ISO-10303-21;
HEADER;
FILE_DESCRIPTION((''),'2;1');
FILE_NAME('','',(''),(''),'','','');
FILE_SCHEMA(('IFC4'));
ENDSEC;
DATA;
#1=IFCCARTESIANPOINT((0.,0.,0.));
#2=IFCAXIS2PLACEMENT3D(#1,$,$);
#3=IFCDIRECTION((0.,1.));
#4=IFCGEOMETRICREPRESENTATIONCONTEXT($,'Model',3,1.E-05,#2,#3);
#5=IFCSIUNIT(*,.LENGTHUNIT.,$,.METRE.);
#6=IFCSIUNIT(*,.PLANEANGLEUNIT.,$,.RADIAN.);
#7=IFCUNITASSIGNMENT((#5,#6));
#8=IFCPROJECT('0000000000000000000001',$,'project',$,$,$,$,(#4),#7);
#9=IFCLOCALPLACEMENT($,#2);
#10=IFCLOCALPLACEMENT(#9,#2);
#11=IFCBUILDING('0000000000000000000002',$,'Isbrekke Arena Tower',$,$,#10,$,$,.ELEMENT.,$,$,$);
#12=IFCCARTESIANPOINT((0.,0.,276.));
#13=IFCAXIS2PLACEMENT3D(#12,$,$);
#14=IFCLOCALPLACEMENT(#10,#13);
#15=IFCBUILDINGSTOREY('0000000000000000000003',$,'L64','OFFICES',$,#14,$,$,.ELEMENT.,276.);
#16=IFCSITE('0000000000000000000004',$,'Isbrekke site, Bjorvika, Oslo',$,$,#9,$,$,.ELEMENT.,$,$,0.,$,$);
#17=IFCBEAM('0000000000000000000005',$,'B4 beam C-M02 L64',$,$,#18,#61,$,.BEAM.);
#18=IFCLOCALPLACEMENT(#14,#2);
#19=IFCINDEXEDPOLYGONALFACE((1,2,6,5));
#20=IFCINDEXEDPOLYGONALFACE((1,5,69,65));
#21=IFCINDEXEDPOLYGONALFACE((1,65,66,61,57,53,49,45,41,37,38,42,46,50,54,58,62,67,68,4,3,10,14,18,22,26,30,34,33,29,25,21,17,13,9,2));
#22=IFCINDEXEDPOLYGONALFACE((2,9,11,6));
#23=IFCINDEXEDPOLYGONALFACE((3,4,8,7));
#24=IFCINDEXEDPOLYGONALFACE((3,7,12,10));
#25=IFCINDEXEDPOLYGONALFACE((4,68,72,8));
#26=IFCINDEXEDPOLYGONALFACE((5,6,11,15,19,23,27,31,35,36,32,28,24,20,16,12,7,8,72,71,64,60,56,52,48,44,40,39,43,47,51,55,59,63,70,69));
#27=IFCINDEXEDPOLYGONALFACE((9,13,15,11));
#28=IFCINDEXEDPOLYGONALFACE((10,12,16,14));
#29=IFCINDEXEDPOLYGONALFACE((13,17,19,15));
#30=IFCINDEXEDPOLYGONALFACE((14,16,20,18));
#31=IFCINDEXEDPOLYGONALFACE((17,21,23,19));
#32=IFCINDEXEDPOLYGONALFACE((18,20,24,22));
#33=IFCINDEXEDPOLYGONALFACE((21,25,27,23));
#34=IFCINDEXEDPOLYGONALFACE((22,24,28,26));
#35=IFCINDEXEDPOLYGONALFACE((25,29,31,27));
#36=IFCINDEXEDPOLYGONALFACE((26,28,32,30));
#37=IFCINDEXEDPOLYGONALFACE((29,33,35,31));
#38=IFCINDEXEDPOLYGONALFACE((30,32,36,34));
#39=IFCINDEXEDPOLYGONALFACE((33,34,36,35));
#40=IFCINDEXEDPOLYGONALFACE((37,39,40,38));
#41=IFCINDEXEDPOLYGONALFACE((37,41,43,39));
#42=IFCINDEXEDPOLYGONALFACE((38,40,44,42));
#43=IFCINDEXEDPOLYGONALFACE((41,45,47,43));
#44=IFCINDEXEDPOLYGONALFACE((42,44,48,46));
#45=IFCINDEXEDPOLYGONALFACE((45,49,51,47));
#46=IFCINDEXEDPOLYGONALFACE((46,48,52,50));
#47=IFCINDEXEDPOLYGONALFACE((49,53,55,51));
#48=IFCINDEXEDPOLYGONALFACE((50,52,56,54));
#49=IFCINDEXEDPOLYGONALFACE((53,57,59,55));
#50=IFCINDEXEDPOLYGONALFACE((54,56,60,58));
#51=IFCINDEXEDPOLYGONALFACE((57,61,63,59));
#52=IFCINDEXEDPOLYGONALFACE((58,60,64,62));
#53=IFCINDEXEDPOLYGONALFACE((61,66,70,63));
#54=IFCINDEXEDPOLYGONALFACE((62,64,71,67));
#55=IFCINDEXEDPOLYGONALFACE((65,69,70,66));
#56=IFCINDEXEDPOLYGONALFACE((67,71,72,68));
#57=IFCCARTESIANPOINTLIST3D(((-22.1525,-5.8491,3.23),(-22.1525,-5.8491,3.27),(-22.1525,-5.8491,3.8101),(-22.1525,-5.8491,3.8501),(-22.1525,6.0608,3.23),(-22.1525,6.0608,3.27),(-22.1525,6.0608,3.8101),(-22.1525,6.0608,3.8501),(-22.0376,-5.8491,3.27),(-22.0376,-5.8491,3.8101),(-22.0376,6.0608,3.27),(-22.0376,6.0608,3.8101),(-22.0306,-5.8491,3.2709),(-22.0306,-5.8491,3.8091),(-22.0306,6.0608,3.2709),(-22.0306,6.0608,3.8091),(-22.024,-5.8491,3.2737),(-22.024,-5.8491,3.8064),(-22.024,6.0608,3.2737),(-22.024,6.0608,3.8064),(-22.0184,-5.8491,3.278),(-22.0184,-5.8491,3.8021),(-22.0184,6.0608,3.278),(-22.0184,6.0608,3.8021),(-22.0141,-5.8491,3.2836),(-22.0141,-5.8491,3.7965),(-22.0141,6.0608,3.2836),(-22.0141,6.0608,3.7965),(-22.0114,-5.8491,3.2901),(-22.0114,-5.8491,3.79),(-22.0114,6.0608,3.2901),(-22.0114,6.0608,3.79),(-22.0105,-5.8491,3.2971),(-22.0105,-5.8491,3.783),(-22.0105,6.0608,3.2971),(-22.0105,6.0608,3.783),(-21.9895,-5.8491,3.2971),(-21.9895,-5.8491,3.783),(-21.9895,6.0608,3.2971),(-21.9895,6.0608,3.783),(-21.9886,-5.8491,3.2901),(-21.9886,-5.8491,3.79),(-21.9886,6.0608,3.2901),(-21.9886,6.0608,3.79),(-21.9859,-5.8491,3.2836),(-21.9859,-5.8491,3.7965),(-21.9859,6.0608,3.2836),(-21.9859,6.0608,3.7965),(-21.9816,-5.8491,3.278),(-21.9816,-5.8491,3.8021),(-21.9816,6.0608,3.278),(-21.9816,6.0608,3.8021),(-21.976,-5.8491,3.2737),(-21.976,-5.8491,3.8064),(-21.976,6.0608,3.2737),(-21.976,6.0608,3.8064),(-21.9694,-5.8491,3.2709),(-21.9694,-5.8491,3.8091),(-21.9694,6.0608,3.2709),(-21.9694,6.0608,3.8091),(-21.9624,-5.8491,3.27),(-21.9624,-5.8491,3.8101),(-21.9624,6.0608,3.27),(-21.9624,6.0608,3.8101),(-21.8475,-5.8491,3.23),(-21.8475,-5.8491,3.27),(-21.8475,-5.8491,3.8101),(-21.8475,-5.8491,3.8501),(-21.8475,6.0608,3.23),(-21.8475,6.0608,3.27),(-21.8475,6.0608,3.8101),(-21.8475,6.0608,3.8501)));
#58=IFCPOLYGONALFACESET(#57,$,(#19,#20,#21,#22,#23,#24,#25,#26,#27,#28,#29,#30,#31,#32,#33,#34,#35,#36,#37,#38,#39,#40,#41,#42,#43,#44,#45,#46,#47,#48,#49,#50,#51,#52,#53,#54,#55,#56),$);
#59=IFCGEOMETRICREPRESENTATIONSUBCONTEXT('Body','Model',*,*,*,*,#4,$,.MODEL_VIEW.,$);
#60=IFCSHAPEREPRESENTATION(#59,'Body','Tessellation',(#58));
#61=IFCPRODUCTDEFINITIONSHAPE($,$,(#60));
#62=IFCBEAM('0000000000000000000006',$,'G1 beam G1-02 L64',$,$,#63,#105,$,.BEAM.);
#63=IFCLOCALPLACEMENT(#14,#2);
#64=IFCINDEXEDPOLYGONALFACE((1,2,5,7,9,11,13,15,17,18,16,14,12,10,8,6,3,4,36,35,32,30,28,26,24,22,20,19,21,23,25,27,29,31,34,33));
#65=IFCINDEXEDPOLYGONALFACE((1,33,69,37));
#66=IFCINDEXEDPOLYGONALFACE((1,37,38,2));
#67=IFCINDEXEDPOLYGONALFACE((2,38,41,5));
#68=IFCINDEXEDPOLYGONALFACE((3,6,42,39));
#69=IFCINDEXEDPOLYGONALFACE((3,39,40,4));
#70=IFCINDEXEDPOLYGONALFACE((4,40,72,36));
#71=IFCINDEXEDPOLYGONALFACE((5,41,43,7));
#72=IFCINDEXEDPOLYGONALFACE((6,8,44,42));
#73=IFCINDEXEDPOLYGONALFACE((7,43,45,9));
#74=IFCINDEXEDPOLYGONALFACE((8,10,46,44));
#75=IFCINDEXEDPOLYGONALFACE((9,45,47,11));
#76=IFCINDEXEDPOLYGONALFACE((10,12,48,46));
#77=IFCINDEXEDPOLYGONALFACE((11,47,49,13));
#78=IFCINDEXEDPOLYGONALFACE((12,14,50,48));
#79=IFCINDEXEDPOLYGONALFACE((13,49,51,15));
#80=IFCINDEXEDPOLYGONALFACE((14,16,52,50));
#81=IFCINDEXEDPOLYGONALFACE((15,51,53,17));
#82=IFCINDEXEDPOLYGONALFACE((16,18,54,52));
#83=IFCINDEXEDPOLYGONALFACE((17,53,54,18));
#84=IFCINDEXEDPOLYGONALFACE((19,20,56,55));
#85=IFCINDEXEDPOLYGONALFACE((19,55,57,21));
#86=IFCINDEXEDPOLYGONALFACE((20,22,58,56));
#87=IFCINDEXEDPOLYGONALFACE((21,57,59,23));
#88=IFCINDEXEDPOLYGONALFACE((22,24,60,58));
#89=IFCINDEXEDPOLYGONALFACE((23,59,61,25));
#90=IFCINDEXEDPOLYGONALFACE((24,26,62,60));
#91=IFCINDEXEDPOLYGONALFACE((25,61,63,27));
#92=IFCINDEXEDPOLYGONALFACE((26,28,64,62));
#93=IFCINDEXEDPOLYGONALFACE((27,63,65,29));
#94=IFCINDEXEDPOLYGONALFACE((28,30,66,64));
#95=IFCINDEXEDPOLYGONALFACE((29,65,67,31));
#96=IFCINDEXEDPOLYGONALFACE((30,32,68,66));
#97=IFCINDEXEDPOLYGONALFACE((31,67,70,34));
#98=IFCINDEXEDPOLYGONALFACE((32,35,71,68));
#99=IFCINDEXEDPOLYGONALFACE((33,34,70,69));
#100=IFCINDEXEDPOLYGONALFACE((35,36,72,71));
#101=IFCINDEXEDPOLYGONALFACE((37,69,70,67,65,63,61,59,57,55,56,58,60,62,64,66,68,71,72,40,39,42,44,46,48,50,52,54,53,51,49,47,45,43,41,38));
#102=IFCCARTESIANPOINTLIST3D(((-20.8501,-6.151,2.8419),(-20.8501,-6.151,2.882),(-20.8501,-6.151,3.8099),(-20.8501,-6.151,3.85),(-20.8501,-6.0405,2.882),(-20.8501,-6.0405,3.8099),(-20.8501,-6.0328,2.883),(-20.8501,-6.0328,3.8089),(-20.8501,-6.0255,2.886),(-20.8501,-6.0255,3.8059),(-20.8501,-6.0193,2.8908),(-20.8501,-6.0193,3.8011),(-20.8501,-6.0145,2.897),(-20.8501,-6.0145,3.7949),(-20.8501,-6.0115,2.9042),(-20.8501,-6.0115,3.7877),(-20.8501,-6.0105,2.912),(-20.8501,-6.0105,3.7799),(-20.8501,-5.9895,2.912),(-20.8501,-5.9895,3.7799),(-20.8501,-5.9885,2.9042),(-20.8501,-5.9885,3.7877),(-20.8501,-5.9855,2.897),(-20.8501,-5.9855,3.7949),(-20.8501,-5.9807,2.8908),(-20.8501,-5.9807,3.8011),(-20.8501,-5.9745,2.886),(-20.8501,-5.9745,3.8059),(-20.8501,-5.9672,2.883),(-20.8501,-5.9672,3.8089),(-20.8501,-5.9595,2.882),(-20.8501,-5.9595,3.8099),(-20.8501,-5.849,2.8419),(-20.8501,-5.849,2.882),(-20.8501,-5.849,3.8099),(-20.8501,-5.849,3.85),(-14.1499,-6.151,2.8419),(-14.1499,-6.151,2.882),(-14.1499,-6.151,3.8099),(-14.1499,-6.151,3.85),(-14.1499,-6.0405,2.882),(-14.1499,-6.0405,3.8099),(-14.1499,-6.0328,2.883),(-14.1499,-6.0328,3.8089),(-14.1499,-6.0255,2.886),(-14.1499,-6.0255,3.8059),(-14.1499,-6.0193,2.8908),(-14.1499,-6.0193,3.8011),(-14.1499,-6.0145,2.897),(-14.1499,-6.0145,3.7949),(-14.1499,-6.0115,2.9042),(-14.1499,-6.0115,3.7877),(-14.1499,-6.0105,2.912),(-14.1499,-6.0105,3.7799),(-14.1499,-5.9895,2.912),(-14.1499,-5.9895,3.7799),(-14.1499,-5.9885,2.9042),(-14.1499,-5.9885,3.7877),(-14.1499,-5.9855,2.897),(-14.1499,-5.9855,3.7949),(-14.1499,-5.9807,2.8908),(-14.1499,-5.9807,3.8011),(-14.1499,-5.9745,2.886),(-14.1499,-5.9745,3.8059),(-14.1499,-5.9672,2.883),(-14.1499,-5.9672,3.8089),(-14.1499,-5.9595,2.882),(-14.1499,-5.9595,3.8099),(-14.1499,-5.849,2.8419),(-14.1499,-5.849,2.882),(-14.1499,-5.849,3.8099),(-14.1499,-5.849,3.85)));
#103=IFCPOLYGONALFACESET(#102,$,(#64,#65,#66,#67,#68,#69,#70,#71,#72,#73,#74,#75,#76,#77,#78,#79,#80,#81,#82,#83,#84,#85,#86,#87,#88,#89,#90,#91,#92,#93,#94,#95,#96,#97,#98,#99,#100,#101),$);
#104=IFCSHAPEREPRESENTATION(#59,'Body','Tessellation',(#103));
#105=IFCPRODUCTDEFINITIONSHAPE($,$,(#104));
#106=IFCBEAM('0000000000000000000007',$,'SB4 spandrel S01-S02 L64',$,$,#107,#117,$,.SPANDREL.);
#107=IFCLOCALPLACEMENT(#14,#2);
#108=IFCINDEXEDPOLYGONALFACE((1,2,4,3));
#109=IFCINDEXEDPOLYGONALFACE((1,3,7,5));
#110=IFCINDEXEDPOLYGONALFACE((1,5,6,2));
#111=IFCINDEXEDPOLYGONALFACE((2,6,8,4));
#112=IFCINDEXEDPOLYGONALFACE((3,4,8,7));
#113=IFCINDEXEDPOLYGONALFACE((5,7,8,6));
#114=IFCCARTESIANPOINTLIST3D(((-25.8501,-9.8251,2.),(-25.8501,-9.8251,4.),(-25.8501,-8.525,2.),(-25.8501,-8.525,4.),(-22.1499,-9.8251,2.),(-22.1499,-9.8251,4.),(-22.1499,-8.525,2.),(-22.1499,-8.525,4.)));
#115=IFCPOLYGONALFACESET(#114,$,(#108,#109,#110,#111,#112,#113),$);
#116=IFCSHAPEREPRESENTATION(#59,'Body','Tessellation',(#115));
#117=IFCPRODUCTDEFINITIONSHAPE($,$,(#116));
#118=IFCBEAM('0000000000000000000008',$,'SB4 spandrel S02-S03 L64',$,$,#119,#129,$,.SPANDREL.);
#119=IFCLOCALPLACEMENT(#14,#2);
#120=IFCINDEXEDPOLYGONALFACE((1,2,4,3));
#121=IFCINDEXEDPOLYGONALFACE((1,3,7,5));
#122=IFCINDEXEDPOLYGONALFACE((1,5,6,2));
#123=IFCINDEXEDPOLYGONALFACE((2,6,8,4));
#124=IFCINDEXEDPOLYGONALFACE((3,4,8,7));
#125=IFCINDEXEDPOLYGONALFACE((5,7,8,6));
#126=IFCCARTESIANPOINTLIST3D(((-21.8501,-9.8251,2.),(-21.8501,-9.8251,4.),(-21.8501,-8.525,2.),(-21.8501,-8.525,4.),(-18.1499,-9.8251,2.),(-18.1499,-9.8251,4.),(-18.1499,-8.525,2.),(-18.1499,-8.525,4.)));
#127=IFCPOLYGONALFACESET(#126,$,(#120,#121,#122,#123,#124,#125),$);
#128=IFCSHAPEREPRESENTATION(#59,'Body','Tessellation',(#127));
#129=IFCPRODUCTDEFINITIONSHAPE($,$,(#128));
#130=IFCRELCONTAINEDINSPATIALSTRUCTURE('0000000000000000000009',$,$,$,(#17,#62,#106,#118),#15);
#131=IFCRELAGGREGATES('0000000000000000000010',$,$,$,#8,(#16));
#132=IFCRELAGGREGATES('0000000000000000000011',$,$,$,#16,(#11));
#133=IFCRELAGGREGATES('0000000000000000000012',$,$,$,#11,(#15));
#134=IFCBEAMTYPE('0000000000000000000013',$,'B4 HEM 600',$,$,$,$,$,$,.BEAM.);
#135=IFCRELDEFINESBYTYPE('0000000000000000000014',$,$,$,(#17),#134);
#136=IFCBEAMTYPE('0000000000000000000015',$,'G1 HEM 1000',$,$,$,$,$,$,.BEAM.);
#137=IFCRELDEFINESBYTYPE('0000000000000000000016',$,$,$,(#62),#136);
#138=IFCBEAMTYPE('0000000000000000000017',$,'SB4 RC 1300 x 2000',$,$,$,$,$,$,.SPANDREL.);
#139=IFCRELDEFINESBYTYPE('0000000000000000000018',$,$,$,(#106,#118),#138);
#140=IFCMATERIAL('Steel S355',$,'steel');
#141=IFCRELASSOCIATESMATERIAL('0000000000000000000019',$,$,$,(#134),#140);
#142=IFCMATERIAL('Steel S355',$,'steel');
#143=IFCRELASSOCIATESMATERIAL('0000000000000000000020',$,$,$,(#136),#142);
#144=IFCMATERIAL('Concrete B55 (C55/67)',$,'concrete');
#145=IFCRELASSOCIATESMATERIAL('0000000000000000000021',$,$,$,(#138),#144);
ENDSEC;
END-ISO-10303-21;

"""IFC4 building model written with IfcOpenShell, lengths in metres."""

from ifc_helpers import new_model, si_unit, direction, frame, origin, origin_2d, place, context, subcontext, project, spatial, rectangle, i_section, extrude, material, material_profile, profile_set, type_object, element, save


model = new_model("IFC4")

# Units and contexts
model_context = context("Model", 3, precision=1e-05, world=origin(), true_north=direction((0.0, 1.0)))
body_context = subcontext(model_context, "Body", "Model", "MODEL_VIEW")
ifc_project = project(units=[si_unit("LENGTHUNIT", "METRE"), si_unit("PLANEANGLEUNIT", "RADIAN")], contexts=[model_context])

# Site, building, storey
site_placement = place(None, origin())
site = spatial("IfcSite", under=ifc_project, at=site_placement, Name="Isbrekke site, Bjorvika, Oslo", CompositionType="ELEMENT", RefElevation=0.0)
building_placement = place(site_placement, origin())
building = spatial("IfcBuilding", under=site, at=building_placement, Name="Isbrekke Arena Tower", CompositionType="ELEMENT")
storey_placement = place(building_placement, frame((0.0, 0.0, 276.0)))
storey = spatial("IfcBuildingStorey", under=building, at=storey_placement, Name="L64", Description="OFFICES", CompositionType="ELEMENT", Elevation=276.0)

# Beams
ifc_material_1 = material(Name="Steel S355", Category="steel")
ifc_material_profile_1 = material_profile(ifc_material_1, i_section(OverallWidth=0.3049, OverallDepth=0.6201, WebThickness=0.021, FlangeThickness=0.04, FilletRadius=0.0271, at=origin_2d()), Name="HEM 600")
ifc_profile_set_1 = profile_set([ifc_material_profile_1], Name="Steel S355")
beam_type_1 = type_object("IfcBeamType", Name="B4 HEM 600", PredefinedType="BEAM", material=ifc_profile_set_1)
beam_1_placement = place(storey_placement, frame((-22.0, -5.8491, 3.54), z_axis=(0.0, 1.0, 0.0), x_axis=(-1.0, 0.0, 0.0)))
element("IfcBeam", 1, at=beam_1_placement, inside=storey, type_object=beam_type_1, Name="B4 beam C-M02 L64", PredefinedType="BEAM", context=body_context, shape_type="SweptSolid", body=[
    extrude(i_section(OverallWidth=0.3049, OverallDepth=0.6201, WebThickness=0.021, FlangeThickness=0.04, FilletRadius=0.0271, at=origin_2d()), origin(), (0.0, 0.0, 1.0), 11.9099),
])
ifc_material_2 = material(Name="Steel S355", Category="steel")
ifc_material_profile_2 = material_profile(ifc_material_2, i_section(OverallWidth=0.302, OverallDepth=1.0081, WebThickness=0.021, FlangeThickness=0.04, FilletRadius=0.03, at=origin_2d()), Name="HEM 1000")
ifc_profile_set_2 = profile_set([ifc_material_profile_2], Name="Steel S355")
beam_type_2 = type_object("IfcBeamType", Name="G1 HEM 1000", PredefinedType="BEAM", material=ifc_profile_set_2)
beam_2_placement = place(storey_placement, frame((-20.8501, -6.0, 3.3459), z_axis=(1.0, 0.0, 0.0), x_axis=(0.0, 1.0, 0.0)))
element("IfcBeam", 2, at=beam_2_placement, inside=storey, type_object=beam_type_2, Name="G1 beam G1-02 L64", PredefinedType="BEAM", context=body_context, shape_type="SweptSolid", body=[
    extrude(i_section(OverallWidth=0.302, OverallDepth=1.0081, WebThickness=0.021, FlangeThickness=0.04, FilletRadius=0.03, at=origin_2d()), origin(), (0.0, 0.0, 1.0), 6.7002),
])
ifc_material_3 = material(Name="Concrete B55 (C55/67)", Category="concrete")
ifc_material_profile_3 = material_profile(ifc_material_3, rectangle(XDim=1.3, YDim=2.0, at=origin_2d()), Name="RC 1300x2000")
ifc_profile_set_3 = profile_set([ifc_material_profile_3], Name="Concrete B55 (C55/67)")
beam_type_3 = type_object("IfcBeamType", Name="SB4 RC 1300 x 2000", PredefinedType="SPANDREL", material=ifc_profile_set_3)
for number, where, z_axis, x_axis, name in (
    (3, (-25.8501, -9.175, 3.0), (1.0, 0.0, 0.0), (0.0, 1.0, 0.0), "SB4 spandrel S01-S02 L64"),
    (4, (-21.8501, -9.175, 3.0), (1.0, 0.0, 0.0), (0.0, 1.0, 0.0), "SB4 spandrel S02-S03 L64"),
):
    element("IfcBeam", number, at=place(storey_placement, frame(where, z_axis=z_axis, x_axis=x_axis)), inside=storey, type_object=beam_type_3, Name=name, PredefinedType="SPANDREL", context=body_context, shape_type="SweptSolid", body=[
        extrude(rectangle(XDim=1.3, YDim=2.0, at=origin_2d()), origin(), (0.0, 0.0, 1.0), 3.7002),
    ])

save(model, "model.ifc")
